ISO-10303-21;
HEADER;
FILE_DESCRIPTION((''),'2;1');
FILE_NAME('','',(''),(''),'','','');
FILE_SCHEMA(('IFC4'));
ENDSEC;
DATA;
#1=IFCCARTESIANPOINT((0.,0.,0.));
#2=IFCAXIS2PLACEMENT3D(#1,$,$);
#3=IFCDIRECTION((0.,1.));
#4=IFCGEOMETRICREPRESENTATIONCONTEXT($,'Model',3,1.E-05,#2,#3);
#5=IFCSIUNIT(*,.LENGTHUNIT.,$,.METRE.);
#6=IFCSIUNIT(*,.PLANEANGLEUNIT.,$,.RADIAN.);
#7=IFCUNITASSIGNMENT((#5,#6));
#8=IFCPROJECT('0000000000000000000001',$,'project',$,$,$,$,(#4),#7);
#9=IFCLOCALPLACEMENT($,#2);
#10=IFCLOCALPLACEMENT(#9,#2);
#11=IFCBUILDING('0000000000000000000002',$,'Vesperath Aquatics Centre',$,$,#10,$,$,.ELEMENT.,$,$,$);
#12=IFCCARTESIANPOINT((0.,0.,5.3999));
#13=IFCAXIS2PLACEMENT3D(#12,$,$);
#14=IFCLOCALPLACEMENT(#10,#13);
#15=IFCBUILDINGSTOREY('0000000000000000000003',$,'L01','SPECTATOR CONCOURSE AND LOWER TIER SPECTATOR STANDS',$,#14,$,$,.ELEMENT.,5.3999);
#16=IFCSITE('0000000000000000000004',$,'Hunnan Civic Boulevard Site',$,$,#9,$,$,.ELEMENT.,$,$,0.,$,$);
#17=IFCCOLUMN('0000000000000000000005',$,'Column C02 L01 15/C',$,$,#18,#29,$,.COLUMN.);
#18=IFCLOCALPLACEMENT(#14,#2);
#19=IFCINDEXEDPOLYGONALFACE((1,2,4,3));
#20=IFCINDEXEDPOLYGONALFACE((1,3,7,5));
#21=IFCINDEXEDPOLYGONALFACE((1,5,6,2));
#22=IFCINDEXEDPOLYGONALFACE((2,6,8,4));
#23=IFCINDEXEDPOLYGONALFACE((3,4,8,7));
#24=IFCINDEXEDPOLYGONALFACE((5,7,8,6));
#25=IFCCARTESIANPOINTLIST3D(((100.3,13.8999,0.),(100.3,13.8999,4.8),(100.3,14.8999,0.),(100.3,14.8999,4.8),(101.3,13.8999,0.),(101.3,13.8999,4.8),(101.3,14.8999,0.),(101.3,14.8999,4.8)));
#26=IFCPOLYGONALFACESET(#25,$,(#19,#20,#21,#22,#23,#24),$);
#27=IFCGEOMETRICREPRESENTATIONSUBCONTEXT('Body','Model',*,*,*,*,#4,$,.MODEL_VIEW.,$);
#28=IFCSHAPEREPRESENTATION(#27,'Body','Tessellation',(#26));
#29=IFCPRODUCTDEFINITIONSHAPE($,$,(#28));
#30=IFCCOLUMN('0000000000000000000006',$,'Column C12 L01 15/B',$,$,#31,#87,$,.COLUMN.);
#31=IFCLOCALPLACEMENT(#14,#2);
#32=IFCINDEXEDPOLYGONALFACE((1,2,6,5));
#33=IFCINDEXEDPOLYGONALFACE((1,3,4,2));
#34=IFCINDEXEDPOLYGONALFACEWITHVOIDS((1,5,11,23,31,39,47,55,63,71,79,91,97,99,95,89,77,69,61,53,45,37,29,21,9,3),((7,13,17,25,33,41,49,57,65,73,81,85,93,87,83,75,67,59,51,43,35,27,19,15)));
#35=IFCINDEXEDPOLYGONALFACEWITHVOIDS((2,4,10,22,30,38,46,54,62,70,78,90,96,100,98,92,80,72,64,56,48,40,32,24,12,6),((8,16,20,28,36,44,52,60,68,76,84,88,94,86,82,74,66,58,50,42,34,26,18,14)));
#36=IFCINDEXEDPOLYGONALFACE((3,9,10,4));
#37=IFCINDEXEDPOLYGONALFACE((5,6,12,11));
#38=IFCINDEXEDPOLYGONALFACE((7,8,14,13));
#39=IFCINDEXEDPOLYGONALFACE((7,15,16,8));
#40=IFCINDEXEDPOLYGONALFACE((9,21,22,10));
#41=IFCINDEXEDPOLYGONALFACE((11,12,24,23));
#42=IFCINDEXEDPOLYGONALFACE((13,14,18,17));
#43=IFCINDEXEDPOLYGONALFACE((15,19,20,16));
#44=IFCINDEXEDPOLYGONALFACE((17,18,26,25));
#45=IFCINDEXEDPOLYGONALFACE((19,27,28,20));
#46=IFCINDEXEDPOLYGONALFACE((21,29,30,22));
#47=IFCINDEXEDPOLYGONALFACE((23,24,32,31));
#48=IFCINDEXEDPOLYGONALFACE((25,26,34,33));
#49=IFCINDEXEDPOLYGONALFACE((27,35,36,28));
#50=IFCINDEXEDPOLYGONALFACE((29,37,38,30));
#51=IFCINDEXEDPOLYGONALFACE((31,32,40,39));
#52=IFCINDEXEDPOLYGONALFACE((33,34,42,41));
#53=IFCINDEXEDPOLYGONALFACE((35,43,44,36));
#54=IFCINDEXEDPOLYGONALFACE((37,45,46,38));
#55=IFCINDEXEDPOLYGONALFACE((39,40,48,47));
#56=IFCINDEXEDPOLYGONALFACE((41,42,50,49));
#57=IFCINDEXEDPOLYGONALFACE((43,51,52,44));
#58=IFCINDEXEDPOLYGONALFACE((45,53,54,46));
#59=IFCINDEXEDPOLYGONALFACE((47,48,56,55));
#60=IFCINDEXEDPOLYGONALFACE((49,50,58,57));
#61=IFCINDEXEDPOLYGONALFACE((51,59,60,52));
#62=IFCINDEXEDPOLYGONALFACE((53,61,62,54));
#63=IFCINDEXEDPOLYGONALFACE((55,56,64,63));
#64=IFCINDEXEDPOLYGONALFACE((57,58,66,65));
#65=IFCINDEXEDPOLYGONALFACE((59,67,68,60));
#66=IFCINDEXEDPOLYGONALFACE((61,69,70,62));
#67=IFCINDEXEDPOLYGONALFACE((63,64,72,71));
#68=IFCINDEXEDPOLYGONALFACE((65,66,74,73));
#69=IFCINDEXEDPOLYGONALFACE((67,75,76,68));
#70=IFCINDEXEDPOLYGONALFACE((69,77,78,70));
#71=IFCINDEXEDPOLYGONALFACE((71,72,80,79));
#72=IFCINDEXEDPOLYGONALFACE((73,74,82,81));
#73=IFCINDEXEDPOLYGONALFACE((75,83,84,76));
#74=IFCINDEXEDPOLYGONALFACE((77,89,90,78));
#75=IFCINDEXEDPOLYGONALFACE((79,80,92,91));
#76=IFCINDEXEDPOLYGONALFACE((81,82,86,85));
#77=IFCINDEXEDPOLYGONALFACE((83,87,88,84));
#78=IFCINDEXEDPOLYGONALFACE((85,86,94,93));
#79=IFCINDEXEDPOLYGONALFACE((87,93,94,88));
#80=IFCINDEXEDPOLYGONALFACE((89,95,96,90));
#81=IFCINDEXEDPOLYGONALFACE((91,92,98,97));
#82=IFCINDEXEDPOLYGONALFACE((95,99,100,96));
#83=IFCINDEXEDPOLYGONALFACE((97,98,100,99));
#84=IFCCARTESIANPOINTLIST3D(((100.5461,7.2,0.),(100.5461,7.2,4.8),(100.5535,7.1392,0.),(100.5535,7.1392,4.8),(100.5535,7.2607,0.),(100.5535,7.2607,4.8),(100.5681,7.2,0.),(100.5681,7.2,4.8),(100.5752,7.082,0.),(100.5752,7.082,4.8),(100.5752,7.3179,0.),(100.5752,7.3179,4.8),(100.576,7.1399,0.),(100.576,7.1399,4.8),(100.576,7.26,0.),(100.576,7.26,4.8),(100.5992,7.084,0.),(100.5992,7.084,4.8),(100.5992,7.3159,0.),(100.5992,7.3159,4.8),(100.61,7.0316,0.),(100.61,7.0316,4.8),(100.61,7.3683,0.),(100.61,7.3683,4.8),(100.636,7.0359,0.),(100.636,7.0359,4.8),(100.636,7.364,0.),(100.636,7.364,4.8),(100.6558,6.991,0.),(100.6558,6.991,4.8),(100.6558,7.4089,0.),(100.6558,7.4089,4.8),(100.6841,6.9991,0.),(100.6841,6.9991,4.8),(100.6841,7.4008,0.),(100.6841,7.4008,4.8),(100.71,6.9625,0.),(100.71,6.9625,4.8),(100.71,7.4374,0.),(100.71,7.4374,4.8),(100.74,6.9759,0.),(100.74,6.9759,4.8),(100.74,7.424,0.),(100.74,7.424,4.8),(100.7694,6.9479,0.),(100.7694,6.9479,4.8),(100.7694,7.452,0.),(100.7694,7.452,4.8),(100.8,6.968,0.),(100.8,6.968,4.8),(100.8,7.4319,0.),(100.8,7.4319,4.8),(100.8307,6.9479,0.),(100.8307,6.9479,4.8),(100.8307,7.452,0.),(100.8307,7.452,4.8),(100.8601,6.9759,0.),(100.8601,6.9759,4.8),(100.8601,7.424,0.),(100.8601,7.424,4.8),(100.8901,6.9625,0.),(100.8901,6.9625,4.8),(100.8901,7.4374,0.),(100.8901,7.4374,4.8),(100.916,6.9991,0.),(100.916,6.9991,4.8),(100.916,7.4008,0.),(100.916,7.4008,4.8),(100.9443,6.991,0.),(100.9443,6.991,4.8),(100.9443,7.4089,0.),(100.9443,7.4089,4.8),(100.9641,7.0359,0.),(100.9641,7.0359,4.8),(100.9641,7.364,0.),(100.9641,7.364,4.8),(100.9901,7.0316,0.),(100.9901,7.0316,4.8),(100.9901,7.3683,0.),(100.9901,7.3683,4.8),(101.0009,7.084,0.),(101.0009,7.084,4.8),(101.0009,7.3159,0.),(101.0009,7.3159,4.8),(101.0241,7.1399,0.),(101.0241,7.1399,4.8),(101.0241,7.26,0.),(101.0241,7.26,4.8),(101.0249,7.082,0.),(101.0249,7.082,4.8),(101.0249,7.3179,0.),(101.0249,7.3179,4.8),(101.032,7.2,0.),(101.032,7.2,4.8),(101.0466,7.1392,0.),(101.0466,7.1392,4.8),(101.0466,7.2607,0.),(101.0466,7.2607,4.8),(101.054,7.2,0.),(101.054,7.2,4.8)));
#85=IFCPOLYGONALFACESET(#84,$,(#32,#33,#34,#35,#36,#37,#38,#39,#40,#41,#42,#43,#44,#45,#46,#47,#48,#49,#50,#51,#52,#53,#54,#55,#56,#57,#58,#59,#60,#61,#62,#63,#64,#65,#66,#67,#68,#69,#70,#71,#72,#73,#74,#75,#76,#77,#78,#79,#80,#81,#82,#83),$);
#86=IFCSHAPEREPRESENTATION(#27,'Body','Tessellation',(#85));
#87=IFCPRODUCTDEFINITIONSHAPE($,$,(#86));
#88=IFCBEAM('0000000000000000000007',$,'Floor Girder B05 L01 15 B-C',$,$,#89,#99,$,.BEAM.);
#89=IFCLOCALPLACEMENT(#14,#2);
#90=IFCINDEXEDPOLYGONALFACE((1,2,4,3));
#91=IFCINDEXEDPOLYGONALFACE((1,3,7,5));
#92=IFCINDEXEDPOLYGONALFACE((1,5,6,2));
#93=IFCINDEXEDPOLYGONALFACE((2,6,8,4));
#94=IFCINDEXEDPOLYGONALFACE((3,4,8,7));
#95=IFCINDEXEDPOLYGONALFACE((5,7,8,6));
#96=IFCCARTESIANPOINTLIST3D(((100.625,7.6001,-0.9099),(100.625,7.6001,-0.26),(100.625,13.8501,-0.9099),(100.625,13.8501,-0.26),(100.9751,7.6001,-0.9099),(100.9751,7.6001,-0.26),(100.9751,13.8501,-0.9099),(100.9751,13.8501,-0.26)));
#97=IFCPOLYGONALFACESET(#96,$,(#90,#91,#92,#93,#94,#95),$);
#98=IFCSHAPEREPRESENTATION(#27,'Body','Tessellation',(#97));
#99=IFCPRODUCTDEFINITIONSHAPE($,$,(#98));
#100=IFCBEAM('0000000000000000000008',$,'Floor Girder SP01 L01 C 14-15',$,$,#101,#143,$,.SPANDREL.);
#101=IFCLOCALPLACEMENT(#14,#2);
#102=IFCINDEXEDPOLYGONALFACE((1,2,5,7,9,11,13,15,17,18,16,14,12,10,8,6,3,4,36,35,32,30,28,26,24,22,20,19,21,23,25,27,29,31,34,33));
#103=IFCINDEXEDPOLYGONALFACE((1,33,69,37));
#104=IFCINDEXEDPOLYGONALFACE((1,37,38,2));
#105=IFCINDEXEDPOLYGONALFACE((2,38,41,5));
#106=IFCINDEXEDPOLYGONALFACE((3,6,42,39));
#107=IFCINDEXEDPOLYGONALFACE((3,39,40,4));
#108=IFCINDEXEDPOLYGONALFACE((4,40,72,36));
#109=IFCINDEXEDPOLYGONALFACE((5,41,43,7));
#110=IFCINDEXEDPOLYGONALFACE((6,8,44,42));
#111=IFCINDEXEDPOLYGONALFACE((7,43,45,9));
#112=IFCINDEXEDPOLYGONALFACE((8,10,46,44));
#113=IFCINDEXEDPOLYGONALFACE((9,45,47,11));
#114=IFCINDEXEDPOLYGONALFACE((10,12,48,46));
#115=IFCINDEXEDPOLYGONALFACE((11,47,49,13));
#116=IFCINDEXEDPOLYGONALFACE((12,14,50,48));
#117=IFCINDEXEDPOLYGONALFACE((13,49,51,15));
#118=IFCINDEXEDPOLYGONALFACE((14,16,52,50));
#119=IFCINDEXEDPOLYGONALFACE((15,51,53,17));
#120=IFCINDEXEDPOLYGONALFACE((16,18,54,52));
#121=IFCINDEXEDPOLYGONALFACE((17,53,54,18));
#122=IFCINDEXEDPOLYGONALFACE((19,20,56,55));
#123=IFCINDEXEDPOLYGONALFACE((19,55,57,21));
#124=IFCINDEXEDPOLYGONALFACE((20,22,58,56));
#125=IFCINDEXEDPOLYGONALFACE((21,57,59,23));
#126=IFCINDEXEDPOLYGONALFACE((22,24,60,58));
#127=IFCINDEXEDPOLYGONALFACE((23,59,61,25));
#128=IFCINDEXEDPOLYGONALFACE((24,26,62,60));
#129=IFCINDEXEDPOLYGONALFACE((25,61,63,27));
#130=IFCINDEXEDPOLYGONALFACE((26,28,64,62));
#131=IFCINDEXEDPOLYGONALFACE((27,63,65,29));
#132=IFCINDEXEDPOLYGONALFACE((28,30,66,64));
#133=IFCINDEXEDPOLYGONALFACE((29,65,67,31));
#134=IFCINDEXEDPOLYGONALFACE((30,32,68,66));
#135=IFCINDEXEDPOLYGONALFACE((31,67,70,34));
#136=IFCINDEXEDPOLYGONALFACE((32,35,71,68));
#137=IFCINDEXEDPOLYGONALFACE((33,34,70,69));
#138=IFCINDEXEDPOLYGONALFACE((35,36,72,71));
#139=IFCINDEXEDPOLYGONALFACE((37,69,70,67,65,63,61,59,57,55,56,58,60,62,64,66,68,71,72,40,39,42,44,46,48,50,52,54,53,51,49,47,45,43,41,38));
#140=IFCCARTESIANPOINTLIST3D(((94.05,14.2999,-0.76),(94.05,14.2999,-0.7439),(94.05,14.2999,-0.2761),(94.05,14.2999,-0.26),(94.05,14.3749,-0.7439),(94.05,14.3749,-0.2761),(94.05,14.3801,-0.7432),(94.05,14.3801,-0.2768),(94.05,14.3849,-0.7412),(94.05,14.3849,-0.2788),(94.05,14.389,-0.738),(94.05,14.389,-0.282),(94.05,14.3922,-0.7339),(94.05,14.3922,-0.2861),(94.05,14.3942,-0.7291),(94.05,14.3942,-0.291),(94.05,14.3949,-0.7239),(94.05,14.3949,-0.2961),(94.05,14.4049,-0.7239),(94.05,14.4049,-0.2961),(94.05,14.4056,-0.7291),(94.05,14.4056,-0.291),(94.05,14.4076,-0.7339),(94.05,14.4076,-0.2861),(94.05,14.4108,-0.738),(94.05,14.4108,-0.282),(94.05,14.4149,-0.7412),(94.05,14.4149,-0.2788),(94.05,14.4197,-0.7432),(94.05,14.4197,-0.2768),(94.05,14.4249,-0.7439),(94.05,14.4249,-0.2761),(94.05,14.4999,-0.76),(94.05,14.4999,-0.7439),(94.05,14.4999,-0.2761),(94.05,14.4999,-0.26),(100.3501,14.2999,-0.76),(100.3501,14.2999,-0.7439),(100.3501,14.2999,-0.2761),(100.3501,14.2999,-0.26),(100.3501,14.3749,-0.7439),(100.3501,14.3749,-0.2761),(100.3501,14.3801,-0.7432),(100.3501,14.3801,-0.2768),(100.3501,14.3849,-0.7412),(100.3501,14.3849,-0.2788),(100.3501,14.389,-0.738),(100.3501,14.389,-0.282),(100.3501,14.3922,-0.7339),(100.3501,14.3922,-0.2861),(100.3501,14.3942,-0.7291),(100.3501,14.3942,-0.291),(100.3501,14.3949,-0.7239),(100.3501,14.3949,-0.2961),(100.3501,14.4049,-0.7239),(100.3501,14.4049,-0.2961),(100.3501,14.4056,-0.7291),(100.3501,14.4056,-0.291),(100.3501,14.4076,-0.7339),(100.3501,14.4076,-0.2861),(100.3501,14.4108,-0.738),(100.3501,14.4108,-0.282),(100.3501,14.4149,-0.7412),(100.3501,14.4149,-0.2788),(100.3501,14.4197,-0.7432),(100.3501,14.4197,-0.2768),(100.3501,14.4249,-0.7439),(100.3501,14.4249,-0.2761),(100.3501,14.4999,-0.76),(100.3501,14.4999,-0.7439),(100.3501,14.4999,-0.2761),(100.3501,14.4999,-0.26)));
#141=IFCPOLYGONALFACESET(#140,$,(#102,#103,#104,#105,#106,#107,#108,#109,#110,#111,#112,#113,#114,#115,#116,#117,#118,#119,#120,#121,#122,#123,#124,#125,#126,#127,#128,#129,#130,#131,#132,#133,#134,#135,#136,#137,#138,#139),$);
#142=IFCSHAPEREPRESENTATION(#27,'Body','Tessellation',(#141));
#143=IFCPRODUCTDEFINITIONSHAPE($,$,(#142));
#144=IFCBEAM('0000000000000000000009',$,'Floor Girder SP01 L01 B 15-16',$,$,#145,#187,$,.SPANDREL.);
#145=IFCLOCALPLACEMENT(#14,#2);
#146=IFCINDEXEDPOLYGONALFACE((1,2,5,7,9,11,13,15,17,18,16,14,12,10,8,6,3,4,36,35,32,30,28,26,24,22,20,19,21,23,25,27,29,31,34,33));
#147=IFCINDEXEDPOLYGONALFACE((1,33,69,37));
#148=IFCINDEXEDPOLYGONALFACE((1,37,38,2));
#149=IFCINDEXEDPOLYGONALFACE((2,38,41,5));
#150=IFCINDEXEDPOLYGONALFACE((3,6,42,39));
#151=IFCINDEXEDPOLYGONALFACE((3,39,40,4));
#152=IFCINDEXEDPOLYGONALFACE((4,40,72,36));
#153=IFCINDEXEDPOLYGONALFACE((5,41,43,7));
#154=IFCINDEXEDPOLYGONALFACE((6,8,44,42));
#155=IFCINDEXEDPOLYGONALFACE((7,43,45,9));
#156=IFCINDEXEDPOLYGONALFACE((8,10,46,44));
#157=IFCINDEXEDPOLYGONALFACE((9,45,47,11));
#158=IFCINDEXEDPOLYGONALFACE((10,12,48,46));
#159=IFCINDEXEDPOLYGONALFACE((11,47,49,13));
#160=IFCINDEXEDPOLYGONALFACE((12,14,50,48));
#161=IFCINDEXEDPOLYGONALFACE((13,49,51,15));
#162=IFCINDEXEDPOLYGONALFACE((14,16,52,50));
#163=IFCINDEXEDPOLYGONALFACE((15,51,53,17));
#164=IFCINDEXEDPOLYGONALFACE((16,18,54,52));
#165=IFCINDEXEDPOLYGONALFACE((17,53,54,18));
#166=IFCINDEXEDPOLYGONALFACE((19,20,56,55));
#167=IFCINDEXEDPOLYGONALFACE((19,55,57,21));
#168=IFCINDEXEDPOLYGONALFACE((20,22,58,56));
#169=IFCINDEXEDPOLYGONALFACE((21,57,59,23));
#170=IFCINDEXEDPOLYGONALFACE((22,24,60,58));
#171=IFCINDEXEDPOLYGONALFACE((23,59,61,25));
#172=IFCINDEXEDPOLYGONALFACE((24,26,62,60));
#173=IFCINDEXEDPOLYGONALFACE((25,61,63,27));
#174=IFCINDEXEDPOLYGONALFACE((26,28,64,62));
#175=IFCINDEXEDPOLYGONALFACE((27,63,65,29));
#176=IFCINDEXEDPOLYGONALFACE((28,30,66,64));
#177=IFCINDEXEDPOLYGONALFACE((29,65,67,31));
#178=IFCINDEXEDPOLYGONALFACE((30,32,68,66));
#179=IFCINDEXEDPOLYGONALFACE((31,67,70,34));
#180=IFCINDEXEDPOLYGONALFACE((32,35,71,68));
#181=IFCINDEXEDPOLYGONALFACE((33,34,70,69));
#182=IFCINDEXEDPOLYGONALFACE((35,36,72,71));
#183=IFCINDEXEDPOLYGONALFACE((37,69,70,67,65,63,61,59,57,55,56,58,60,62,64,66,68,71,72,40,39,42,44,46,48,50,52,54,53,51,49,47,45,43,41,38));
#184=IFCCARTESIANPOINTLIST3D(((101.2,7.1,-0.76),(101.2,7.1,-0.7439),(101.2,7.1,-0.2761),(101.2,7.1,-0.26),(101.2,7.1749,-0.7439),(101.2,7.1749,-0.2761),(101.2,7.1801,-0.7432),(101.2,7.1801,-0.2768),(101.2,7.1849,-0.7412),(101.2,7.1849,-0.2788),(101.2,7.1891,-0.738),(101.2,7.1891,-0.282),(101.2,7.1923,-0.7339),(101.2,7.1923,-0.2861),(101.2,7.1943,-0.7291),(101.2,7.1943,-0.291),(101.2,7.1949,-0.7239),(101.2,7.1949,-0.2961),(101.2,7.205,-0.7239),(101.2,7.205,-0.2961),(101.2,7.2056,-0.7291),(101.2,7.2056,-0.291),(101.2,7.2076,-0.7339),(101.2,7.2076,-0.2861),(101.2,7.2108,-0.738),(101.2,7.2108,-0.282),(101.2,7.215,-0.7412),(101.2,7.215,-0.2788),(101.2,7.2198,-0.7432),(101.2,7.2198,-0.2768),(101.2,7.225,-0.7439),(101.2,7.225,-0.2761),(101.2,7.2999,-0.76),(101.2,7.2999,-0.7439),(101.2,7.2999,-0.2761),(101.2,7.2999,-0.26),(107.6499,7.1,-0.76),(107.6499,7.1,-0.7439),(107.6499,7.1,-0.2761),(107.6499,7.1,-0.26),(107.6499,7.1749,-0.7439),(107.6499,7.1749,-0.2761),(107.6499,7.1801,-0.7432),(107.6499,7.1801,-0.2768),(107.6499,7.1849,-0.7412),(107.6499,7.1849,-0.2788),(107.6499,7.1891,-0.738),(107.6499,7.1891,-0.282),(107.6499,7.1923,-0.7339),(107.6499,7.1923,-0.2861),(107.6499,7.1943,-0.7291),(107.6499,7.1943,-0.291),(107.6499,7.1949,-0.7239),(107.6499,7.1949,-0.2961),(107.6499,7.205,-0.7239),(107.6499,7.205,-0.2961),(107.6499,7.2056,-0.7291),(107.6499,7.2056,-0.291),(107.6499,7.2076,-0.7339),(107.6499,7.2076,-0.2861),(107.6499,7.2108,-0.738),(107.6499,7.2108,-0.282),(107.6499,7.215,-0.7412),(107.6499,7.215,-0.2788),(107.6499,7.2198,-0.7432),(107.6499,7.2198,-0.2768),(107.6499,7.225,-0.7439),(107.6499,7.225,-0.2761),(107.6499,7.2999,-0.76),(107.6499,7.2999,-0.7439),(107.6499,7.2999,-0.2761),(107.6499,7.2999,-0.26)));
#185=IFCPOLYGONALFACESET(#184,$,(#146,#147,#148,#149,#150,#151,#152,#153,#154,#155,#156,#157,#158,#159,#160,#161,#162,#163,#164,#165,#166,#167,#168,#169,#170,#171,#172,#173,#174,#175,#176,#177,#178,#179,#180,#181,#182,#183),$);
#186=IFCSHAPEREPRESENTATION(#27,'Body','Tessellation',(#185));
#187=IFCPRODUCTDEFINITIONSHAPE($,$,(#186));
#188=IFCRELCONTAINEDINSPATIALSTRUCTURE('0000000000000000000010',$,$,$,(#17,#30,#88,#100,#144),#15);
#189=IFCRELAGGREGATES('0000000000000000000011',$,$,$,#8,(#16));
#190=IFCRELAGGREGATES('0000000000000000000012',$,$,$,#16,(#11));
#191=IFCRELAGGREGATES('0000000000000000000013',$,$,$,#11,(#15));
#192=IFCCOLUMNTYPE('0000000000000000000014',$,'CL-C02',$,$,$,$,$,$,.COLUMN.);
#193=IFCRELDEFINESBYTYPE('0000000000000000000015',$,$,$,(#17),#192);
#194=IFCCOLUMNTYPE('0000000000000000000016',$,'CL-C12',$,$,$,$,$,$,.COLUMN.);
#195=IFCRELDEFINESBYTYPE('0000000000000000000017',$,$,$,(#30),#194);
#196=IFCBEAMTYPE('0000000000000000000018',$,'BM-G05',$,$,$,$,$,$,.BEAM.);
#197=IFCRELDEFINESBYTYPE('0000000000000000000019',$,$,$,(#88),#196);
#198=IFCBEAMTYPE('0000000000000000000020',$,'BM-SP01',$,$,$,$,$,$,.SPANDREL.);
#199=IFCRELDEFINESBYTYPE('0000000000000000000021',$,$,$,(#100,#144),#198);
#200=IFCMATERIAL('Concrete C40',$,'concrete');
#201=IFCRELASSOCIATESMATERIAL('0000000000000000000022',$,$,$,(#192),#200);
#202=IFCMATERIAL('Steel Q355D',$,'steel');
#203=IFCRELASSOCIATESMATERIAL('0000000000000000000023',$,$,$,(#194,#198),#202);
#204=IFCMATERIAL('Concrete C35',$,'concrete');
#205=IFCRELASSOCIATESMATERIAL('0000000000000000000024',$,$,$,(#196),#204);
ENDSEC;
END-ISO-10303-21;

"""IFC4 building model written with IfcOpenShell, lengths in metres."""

from ifc_helpers import new_model, si_unit, direction, frame, origin, origin_2d, place, context, subcontext, project, spatial, rectangle, hollow_circle, i_section, extrude, material, material_profile, profile_set, type_object, element, save


model = new_model("IFC4")

# Units and contexts
model_context = context("Model", 3, precision=1e-05, world=origin(), true_north=direction((0.0, 1.0)))
body_context = subcontext(model_context, "Body", "Model", "MODEL_VIEW")
ifc_project = project(units=[si_unit("LENGTHUNIT", "METRE"), si_unit("PLANEANGLEUNIT", "RADIAN")], contexts=[model_context])

# Site, building, storey
site_placement = place(None, origin())
site = spatial("IfcSite", under=ifc_project, at=site_placement, Name="Hunnan Civic Boulevard Site", CompositionType="ELEMENT", RefElevation=0.0)
building_placement = place(site_placement, origin())
building = spatial("IfcBuilding", under=site, at=building_placement, Name="Vesperath Aquatics Centre", CompositionType="ELEMENT")
storey_placement = place(building_placement, frame((0.0, 0.0, 5.3999)))
storey = spatial("IfcBuildingStorey", under=building, at=storey_placement, Name="L01", Description="SPECTATOR CONCOURSE AND LOWER TIER SPECTATOR STANDS", CompositionType="ELEMENT", Elevation=5.3999)

# Columns
ifc_material_1 = material(Name="Concrete C40", Category="concrete")
ifc_material_profile_1 = material_profile(ifc_material_1, rectangle(XDim=1.0, YDim=1.0, at=origin_2d()), Name="RC 1000x1000")
ifc_profile_set_1 = profile_set([ifc_material_profile_1], Name="Concrete C40")
column_type_1 = type_object("IfcColumnType", Name="CL-C02", PredefinedType="COLUMN", material=ifc_profile_set_1)
column_1_placement = place(storey_placement, frame((100.8, 14.3999, 0.0), z_axis=(0.0, 0.0, 1.0), x_axis=(1.0, 0.0, 0.0)))
element("IfcColumn", 1, at=column_1_placement, inside=storey, type_object=column_type_1, Name="Column C02 L01 15/C", PredefinedType="COLUMN", context=body_context, shape_type="SweptSolid", body=[
    extrude(rectangle(XDim=1.0, YDim=1.0, at=origin_2d()), origin(), (0.0, 0.0, 1.0), 4.8),
])
ifc_material_2 = material(Name="Steel Q355D", Category="steel")
ifc_material_profile_2 = material_profile(ifc_material_2, hollow_circle(Radius=0.2539, WallThickness=0.022, at=origin_2d()), Name="CHS 508.0x22")
ifc_profile_set_2 = profile_set([ifc_material_profile_2], Name="Steel Q355D")
column_type_2 = type_object("IfcColumnType", Name="CL-C12", PredefinedType="COLUMN", material=ifc_profile_set_2)
column_2_placement = place(storey_placement, frame((100.8, 7.2, 0.0), z_axis=(0.0, 0.0, 1.0), x_axis=(1.0, 0.0, 0.0)))
element("IfcColumn", 2, at=column_2_placement, inside=storey, type_object=column_type_2, Name="Column C12 L01 15/B", PredefinedType="COLUMN", context=body_context, shape_type="SweptSolid", body=[
    extrude(hollow_circle(Radius=0.2539, WallThickness=0.022, at=origin_2d()), origin(), (0.0, 0.0, 1.0), 4.8),
])

# Beams
ifc_material_3 = material(Name="Concrete C35", Category="concrete")
ifc_material_profile_3 = material_profile(ifc_material_3, rectangle(XDim=0.3501, YDim=0.6499, at=origin_2d()), Name="RC 350x650")
ifc_profile_set_3 = profile_set([ifc_material_profile_3], Name="Concrete C35")
beam_type_1 = type_object("IfcBeamType", Name="BM-G05", PredefinedType="BEAM", material=ifc_profile_set_3)
beam_1_placement = place(storey_placement, frame((100.8, 7.6001, -0.585), z_axis=(0.0, 1.0, 0.0), x_axis=(-1.0, 0.0, 0.0)))
element("IfcBeam", 3, at=beam_1_placement, inside=storey, type_object=beam_type_1, Name="Floor Girder B05 L01 15 B-C", PredefinedType="BEAM", context=body_context, shape_type="SweptSolid", body=[
    extrude(rectangle(XDim=0.3501, YDim=0.6499, at=origin_2d()), origin(), (0.0, 0.0, 1.0), 6.25),
])
ifc_material_profile_4 = material_profile(ifc_material_2, i_section(OverallWidth=0.2, OverallDepth=0.5, WebThickness=0.01, FlangeThickness=0.0161, FilletRadius=0.02, at=origin_2d()), Name="HN 500x200x10x16")
ifc_profile_set_4 = profile_set([ifc_material_profile_4], Name="Steel Q355D")
beam_type_2 = type_object("IfcBeamType", Name="BM-SP01", PredefinedType="SPANDREL", material=ifc_profile_set_4)
beam_2_placement = place(storey_placement, frame((94.05, 14.3999, -0.51), z_axis=(1.0, 0.0, 0.0), x_axis=(0.0, 1.0, 0.0)))
element("IfcBeam", 4, at=beam_2_placement, inside=storey, type_object=beam_type_2, Name="Floor Girder SP01 L01 C 14-15", PredefinedType="SPANDREL", context=body_context, shape_type="SweptSolid", body=[
    extrude(i_section(OverallWidth=0.2, OverallDepth=0.5, WebThickness=0.01, FlangeThickness=0.0161, FilletRadius=0.02, at=origin_2d()), origin(), (0.0, 0.0, 1.0), 6.3),
])
beam_3_placement = place(storey_placement, frame((101.2, 7.2, -0.51), z_axis=(1.0, 0.0, 0.0), x_axis=(0.0, 1.0, 0.0)))
element("IfcBeam", 5, at=beam_3_placement, inside=storey, type_object=beam_type_2, Name="Floor Girder SP01 L01 B 15-16", PredefinedType="SPANDREL", context=body_context, shape_type="SweptSolid", body=[
    extrude(i_section(OverallWidth=0.2, OverallDepth=0.5, WebThickness=0.01, FlangeThickness=0.0161, FilletRadius=0.02, at=origin_2d()), origin(), (0.0, 0.0, 1.0), 6.45),
])

save(model, "model.ifc")
